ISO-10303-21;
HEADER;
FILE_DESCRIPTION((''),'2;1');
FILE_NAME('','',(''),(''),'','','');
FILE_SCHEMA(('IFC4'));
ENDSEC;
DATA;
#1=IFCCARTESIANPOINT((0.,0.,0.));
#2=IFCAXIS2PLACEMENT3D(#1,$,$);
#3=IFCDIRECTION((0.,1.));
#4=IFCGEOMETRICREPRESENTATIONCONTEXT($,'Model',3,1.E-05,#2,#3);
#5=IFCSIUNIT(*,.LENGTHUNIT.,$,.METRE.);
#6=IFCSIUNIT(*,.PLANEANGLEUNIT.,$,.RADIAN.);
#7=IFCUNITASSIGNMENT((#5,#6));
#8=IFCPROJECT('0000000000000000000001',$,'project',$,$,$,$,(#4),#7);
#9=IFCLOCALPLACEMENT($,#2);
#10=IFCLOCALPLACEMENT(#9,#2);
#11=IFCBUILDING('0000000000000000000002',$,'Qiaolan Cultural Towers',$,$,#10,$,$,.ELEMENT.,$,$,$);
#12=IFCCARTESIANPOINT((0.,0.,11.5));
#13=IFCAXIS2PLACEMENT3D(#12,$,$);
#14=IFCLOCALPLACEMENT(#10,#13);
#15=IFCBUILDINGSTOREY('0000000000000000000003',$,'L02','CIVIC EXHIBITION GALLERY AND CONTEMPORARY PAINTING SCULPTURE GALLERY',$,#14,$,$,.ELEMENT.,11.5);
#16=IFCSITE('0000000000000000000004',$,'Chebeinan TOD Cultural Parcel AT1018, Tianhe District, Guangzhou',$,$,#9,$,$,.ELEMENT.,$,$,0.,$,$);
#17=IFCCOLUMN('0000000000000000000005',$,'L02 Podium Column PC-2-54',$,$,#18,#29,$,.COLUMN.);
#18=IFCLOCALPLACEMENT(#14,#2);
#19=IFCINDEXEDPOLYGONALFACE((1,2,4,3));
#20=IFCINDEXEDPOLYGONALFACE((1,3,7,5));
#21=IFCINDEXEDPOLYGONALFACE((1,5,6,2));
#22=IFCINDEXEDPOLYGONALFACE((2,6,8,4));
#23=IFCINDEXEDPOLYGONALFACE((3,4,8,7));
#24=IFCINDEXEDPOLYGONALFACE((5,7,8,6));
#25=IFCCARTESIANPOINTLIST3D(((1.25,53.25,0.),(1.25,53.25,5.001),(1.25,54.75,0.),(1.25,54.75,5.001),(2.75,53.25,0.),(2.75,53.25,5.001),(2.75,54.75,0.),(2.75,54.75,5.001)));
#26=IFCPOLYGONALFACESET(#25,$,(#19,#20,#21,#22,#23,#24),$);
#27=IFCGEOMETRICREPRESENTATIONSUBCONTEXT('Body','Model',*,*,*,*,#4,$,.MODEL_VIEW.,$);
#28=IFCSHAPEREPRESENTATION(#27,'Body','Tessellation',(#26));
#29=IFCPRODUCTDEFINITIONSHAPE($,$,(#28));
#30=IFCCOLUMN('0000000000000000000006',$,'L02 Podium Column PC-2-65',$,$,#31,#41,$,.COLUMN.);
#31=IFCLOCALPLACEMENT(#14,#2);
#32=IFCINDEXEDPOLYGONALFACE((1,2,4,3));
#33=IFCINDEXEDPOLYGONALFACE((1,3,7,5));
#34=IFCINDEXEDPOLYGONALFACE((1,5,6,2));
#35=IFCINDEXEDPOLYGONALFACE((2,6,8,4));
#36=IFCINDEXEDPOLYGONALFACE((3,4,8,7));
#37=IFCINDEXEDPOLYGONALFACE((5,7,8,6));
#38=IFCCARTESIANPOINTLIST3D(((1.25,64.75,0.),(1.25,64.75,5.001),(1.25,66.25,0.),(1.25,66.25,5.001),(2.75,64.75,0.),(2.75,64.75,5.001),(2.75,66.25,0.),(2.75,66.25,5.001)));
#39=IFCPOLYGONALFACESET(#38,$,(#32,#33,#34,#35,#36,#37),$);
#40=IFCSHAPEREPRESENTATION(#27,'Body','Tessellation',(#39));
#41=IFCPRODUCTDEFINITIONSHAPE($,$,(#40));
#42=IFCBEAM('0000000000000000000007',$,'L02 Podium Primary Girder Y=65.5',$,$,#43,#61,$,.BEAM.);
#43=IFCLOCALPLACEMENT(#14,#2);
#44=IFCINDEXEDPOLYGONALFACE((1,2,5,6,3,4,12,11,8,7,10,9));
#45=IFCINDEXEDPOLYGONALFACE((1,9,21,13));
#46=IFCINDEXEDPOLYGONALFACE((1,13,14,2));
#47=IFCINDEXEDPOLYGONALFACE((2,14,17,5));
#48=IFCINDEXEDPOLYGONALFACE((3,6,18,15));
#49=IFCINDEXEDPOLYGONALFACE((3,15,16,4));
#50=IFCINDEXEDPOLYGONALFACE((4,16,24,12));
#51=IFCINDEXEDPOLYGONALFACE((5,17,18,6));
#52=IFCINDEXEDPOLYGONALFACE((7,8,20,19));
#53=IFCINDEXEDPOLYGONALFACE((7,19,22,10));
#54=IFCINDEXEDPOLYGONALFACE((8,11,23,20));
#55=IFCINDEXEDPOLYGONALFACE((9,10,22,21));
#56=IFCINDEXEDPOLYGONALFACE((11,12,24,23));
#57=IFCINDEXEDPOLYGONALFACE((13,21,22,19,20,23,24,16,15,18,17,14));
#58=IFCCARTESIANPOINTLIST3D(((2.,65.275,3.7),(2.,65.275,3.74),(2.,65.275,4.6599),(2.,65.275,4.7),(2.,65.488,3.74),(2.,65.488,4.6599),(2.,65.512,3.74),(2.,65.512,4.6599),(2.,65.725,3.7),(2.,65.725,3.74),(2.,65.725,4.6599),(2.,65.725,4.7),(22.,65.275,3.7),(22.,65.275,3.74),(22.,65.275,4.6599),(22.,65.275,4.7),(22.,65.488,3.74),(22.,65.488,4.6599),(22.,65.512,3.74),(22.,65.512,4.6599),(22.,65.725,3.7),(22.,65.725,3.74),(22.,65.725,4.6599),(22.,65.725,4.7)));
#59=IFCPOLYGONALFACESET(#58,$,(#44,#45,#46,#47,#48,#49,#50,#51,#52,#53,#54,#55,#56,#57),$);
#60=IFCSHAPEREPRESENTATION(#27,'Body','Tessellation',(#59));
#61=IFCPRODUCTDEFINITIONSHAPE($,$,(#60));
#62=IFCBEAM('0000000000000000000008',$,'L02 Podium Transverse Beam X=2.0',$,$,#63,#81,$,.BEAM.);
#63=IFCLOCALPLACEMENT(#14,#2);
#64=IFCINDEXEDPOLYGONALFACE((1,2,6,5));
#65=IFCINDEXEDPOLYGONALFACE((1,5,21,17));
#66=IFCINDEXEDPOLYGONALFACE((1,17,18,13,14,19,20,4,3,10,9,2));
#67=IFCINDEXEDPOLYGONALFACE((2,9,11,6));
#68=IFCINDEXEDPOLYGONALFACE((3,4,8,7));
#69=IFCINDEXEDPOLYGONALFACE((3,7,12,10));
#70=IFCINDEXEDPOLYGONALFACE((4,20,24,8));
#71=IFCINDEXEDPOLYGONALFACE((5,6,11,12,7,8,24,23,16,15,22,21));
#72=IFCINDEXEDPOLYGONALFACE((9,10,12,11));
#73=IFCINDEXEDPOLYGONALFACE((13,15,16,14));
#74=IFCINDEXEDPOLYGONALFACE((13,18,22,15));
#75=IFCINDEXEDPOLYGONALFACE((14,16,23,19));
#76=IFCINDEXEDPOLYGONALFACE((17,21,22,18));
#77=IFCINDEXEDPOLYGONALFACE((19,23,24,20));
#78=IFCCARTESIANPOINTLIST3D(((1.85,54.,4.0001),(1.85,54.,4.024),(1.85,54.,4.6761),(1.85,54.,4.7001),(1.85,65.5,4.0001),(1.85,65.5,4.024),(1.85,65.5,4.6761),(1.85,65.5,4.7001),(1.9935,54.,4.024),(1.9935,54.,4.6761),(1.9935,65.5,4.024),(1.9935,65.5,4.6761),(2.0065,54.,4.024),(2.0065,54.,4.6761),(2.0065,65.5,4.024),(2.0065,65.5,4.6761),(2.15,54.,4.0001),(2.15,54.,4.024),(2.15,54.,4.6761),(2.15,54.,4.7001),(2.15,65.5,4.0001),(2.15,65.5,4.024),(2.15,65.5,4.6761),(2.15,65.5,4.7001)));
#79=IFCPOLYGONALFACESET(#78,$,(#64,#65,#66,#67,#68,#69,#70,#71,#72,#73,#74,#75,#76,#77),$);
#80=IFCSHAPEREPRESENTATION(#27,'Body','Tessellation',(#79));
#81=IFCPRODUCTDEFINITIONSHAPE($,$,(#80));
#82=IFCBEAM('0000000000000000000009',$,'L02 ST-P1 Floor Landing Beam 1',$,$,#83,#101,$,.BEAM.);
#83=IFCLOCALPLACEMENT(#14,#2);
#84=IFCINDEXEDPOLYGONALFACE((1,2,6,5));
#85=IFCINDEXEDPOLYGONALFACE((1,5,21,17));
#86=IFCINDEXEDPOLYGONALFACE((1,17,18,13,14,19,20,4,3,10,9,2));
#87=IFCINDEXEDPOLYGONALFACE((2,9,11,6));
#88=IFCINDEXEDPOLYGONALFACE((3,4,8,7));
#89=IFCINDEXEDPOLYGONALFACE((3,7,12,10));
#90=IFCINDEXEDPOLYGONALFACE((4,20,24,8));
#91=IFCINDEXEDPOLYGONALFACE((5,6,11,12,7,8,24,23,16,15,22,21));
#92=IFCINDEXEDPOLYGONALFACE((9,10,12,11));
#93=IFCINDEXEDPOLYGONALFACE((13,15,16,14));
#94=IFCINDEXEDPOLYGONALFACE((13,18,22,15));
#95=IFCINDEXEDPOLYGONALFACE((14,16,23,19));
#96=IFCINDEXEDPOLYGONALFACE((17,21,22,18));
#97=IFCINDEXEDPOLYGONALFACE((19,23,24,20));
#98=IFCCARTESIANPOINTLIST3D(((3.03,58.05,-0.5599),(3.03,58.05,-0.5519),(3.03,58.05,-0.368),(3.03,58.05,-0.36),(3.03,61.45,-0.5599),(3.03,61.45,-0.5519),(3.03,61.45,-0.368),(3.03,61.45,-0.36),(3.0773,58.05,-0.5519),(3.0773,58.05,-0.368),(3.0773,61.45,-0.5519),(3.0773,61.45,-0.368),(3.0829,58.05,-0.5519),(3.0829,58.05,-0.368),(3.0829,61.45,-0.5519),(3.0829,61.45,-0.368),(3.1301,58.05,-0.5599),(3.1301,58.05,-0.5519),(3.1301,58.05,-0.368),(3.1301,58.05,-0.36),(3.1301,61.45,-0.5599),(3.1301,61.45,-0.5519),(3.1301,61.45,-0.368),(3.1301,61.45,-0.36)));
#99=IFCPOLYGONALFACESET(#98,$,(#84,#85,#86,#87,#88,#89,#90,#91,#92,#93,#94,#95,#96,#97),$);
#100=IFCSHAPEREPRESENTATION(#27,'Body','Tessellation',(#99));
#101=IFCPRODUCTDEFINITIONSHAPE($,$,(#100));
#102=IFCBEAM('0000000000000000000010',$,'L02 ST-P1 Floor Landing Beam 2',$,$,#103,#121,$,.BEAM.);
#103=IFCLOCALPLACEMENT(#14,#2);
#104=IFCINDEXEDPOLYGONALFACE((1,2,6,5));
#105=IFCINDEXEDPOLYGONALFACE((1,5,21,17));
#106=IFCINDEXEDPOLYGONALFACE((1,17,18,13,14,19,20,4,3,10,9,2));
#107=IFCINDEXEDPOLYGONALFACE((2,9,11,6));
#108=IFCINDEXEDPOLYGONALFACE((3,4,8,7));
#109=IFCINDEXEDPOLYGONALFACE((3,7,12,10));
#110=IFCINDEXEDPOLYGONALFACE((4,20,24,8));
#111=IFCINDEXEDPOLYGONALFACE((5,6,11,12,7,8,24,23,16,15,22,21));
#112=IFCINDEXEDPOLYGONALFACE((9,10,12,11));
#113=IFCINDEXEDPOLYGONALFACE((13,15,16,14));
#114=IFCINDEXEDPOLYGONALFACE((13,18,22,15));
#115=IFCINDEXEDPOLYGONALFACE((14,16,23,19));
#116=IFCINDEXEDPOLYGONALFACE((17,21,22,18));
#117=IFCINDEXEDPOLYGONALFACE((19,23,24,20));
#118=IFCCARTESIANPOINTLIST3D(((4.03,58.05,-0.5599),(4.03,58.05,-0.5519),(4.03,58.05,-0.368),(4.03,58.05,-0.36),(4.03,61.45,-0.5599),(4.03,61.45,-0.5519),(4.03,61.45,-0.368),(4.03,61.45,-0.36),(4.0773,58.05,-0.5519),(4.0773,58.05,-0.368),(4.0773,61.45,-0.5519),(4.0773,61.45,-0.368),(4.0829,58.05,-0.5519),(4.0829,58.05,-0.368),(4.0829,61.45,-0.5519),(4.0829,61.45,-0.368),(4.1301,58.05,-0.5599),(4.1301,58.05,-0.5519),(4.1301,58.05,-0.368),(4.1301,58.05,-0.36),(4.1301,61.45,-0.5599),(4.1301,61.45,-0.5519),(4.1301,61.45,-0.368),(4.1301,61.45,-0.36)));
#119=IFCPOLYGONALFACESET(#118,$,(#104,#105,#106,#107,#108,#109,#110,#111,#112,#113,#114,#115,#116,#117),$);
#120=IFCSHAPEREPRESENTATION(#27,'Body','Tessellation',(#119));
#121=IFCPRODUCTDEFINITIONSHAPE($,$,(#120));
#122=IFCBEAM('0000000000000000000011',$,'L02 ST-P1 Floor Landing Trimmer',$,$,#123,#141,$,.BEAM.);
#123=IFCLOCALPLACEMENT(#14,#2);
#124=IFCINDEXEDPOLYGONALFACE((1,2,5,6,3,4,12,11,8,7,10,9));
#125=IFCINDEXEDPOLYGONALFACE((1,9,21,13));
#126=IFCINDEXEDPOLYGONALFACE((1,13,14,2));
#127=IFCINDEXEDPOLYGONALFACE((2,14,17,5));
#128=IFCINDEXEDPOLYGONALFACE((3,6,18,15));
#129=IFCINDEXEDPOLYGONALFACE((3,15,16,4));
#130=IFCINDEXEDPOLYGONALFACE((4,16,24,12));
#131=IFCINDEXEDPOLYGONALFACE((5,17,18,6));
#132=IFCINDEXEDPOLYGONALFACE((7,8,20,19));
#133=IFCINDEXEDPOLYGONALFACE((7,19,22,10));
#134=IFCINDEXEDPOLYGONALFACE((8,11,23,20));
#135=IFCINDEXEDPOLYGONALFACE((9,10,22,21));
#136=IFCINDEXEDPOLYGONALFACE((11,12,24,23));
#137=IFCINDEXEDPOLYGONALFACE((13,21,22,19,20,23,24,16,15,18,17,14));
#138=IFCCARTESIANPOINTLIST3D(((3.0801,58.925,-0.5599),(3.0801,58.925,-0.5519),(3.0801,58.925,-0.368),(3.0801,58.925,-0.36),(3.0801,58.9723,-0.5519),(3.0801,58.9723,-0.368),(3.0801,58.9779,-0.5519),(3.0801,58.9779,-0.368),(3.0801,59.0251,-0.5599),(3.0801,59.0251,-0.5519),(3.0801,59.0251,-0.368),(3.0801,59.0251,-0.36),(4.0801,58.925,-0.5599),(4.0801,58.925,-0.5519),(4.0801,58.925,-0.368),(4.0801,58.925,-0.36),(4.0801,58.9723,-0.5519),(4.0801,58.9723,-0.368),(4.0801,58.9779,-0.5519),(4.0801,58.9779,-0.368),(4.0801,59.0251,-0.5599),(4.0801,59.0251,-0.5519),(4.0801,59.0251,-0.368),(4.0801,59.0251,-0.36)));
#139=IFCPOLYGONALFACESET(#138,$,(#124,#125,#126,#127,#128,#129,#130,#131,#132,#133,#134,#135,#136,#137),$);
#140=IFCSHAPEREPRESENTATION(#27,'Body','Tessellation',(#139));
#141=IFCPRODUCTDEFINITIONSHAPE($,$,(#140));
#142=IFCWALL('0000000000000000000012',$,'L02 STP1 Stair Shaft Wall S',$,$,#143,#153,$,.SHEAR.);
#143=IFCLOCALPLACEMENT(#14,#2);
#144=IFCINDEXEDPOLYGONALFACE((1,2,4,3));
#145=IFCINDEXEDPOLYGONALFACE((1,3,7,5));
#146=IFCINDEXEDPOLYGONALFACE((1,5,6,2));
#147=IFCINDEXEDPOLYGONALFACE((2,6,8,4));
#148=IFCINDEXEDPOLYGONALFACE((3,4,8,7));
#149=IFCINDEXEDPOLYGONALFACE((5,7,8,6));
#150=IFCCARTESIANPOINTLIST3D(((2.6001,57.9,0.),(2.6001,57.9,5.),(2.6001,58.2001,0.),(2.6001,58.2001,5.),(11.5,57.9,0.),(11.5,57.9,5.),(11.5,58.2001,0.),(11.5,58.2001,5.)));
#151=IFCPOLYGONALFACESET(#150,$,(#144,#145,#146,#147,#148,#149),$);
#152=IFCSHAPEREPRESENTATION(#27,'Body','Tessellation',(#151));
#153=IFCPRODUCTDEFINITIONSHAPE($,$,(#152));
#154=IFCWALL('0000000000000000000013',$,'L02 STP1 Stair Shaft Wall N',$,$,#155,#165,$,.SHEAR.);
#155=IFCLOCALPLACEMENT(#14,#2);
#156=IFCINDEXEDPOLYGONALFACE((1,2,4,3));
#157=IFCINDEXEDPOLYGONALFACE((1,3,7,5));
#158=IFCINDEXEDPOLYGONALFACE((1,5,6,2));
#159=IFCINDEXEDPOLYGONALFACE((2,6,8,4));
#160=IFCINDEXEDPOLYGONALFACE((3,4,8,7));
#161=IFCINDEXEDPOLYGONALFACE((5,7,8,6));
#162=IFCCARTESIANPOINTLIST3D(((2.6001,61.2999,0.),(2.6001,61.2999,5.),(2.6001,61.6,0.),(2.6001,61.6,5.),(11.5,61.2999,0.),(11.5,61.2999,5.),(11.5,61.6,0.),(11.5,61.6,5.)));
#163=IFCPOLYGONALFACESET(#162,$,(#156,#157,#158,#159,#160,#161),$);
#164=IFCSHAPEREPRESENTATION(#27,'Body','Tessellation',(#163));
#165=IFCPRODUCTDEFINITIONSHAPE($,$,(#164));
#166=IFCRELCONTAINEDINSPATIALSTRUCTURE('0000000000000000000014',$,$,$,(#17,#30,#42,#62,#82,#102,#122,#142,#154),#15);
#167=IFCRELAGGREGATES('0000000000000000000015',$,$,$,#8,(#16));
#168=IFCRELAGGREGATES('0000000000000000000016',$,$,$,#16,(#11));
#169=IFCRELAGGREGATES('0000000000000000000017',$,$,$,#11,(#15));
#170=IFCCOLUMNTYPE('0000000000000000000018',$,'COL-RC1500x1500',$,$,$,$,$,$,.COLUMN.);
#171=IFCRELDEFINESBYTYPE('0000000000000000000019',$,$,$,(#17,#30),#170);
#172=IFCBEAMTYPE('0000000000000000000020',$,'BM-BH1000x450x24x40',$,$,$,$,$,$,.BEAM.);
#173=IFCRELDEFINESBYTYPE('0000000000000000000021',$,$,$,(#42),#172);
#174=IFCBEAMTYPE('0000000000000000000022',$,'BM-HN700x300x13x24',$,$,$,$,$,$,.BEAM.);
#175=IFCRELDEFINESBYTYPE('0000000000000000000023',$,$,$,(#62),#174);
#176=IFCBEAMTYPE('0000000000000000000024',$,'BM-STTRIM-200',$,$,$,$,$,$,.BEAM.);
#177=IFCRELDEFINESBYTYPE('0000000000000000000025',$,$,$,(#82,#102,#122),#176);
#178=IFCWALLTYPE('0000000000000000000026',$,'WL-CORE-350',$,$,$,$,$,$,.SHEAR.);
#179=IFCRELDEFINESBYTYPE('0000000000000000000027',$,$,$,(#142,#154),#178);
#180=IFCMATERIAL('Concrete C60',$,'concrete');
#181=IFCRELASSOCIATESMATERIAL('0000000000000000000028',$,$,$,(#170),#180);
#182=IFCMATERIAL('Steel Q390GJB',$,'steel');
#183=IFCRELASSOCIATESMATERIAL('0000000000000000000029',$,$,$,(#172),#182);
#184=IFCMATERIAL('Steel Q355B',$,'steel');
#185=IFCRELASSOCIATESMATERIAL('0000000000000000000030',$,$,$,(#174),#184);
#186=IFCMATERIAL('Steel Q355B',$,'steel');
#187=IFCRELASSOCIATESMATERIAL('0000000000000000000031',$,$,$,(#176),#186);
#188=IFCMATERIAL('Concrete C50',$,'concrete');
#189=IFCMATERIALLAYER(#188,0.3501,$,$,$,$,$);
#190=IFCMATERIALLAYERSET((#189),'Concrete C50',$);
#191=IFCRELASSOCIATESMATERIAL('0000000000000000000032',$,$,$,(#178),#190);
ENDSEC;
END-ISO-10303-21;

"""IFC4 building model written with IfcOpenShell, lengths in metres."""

from ifc_helpers import new_model, si_unit, direction, frame, frame_2d, origin, origin_2d, place, context, subcontext, project, spatial, rectangle, i_section, extrude, material, layer, layer_set, material_profile, profile_set, type_object, element, save


model = new_model("IFC4")

# Units and contexts
model_context = context("Model", 3, precision=1e-05, world=origin(), true_north=direction((0.0, 1.0)))
body_context = subcontext(model_context, "Body", "Model", "MODEL_VIEW")
ifc_project = project(units=[si_unit("LENGTHUNIT", "METRE"), si_unit("PLANEANGLEUNIT", "RADIAN")], contexts=[model_context])

# Site, building, storey
site_placement = place(None, origin())
site = spatial("IfcSite", under=ifc_project, at=site_placement, Name="Chebeinan TOD Cultural Parcel AT1018, Tianhe District, Guangzhou", CompositionType="ELEMENT", RefElevation=0.0)
building_placement = place(site_placement, origin())
building = spatial("IfcBuilding", under=site, at=building_placement, Name="Qiaolan Cultural Towers", CompositionType="ELEMENT")
storey_placement = place(building_placement, frame((0.0, 0.0, 11.5)))
storey = spatial("IfcBuildingStorey", under=building, at=storey_placement, Name="L02", Description="CIVIC EXHIBITION GALLERY AND CONTEMPORARY PAINTING SCULPTURE GALLERY", CompositionType="ELEMENT", Elevation=11.5)

# Columns
ifc_material_1 = material(Name="Concrete C60", Category="concrete")
ifc_material_profile_1 = material_profile(ifc_material_1, rectangle(XDim=1.5, YDim=1.5, at=origin_2d()), Name="RC1500x1500")
ifc_profile_set_1 = profile_set([ifc_material_profile_1], Name="Concrete C60")
column_type = type_object("IfcColumnType", Name="COL-RC1500x1500", PredefinedType="COLUMN", material=ifc_profile_set_1)
for number, where, z_axis, x_axis, name in (
    (1, (2.0, 54.0, 0.0), (0.0, 0.0, 1.0), (1.0, 0.0, 0.0), "L02 Podium Column PC-2-54"),
    (2, (2.0, 65.5, 0.0), (0.0, 0.0, 1.0), (1.0, 0.0, 0.0), "L02 Podium Column PC-2-65"),
):
    element("IfcColumn", number, at=place(storey_placement, frame(where, z_axis=z_axis, x_axis=x_axis)), inside=storey, type_object=column_type, Name=name, PredefinedType="COLUMN", context=body_context, shape_type="SweptSolid", body=[
        extrude(rectangle(XDim=1.5, YDim=1.5, at=origin_2d()), origin(), (0.0, 0.0, 1.0), 5.001),
    ])

# Beams
ifc_material_2 = material(Name="Steel Q390GJB", Category="steel")
ifc_material_profile_2 = material_profile(ifc_material_2, i_section(OverallWidth=0.45, OverallDepth=1.0, WebThickness=0.0239, FlangeThickness=0.04, at=origin_2d()), Name="BH1000x450x24x40")
ifc_profile_set_2 = profile_set([ifc_material_profile_2], Name="Steel Q390GJB")
beam_type_1 = type_object("IfcBeamType", Name="BM-BH1000x450x24x40", PredefinedType="BEAM", material=ifc_profile_set_2)
beam_1_placement = place(storey_placement, frame((2.0, 65.5, 4.2), z_axis=(1.0, 0.0, 0.0), x_axis=(0.0, 1.0, 0.0)))
element("IfcBeam", 3, at=beam_1_placement, inside=storey, type_object=beam_type_1, Name="L02 Podium Primary Girder Y=65.5", PredefinedType="BEAM", context=body_context, shape_type="SweptSolid", body=[
    extrude(i_section(OverallWidth=0.45, OverallDepth=1.0, WebThickness=0.0239, FlangeThickness=0.04, at=origin_2d()), origin(), (0.0, 0.0, 1.0), 20.0),
])
ifc_material_3 = material(Name="Steel Q355B", Category="steel")
ifc_material_profile_3 = material_profile(ifc_material_3, i_section(OverallWidth=0.3, OverallDepth=0.7, WebThickness=0.0129, FlangeThickness=0.0239, at=origin_2d()), Name="HN700x300x13x24")
ifc_profile_set_3 = profile_set([ifc_material_profile_3], Name="Steel Q355B")
beam_type_2 = type_object("IfcBeamType", Name="BM-HN700x300x13x24", PredefinedType="BEAM", material=ifc_profile_set_3)
beam_2_placement = place(storey_placement, frame((2.0, 54.0, 4.3501), z_axis=(0.0, 1.0, 0.0), x_axis=(-1.0, 0.0, 0.0)))
element("IfcBeam", 4, at=beam_2_placement, inside=storey, type_object=beam_type_2, Name="L02 Podium Transverse Beam X=2.0", PredefinedType="BEAM", context=body_context, shape_type="SweptSolid", body=[
    extrude(i_section(OverallWidth=0.3, OverallDepth=0.7, WebThickness=0.0129, FlangeThickness=0.0239, at=origin_2d()), origin(), (0.0, 0.0, 1.0), 11.5),
])
ifc_material_4 = material(Name="Steel Q355B", Category="steel")
ifc_material_profile_4 = material_profile(ifc_material_4, i_section(OverallWidth=0.1001, OverallDepth=0.2, WebThickness=0.0056, FlangeThickness=0.0081, at=origin_2d()), Name="HN200x100x5.5x8")
ifc_profile_set_4 = profile_set([ifc_material_profile_4], Name="Steel Q355B")
beam_type_3 = type_object("IfcBeamType", Name="BM-STTRIM-200", PredefinedType="BEAM", material=ifc_profile_set_4)
for number, where, z_axis, x_axis, name in (
    (5, (3.0801, 58.05, -0.46), (0.0, 1.0, 0.0), (-1.0, 0.0, 0.0), "L02 ST-P1 Floor Landing Beam 1"),
    (6, (4.0801, 58.05, -0.46), (0.0, 1.0, 0.0), (-1.0, 0.0, 0.0), "L02 ST-P1 Floor Landing Beam 2"),
):
    element("IfcBeam", number, at=place(storey_placement, frame(where, z_axis=z_axis, x_axis=x_axis)), inside=storey, type_object=beam_type_3, Name=name, PredefinedType="BEAM", context=body_context, shape_type="SweptSolid", body=[
        extrude(i_section(OverallWidth=0.1001, OverallDepth=0.2, WebThickness=0.0056, FlangeThickness=0.0081, at=origin_2d()), origin(), (0.0, 0.0, 1.0), 3.3999),
    ])
beam_3_placement = place(storey_placement, frame((3.0801, 58.9751, -0.46), z_axis=(1.0, 0.0, 0.0), x_axis=(0.0, 1.0, 0.0)))
element("IfcBeam", 7, at=beam_3_placement, inside=storey, type_object=beam_type_3, Name="L02 ST-P1 Floor Landing Trimmer", PredefinedType="BEAM", context=body_context, shape_type="SweptSolid", body=[
    extrude(i_section(OverallWidth=0.1001, OverallDepth=0.2, WebThickness=0.0056, FlangeThickness=0.0081, at=origin_2d()), origin(), (0.0, 0.0, 1.0), 1.0),
])

# Walls
ifc_material_5 = material(Name="Concrete C50", Category="concrete")
ifc_layer_1 = layer(ifc_material_5, 0.3501)
ifc_layer_set_1 = layer_set([ifc_layer_1], Name="Concrete C50")
wall_type_1 = type_object("IfcWallType", Name="WL-CORE-350", PredefinedType="SHEAR", material=ifc_layer_set_1)
for number, where, z_axis, x_axis, name in (
    (8, (2.6001, 58.05, 0.0), (0.0, 0.0, 1.0), (1.0, 0.0, 0.0), "L02 STP1 Stair Shaft Wall S"),
    (9, (2.6001, 61.45, 0.0), (0.0, 0.0, 1.0), (1.0, 0.0, 0.0), "L02 STP1 Stair Shaft Wall N"),
):
    element("IfcWall", number, at=place(storey_placement, frame(where, z_axis=z_axis, x_axis=x_axis)), inside=storey, type_object=wall_type_1, Name=name, PredefinedType="SHEAR", context=body_context, shape_type="SweptSolid", body=[
        extrude(rectangle(XDim=8.8999, YDim=0.3, at=frame_2d((4.45, 0.0))), origin(), (0.0, 0.0, 1.0), 5.0),
    ])

save(model, "model.ifc")
